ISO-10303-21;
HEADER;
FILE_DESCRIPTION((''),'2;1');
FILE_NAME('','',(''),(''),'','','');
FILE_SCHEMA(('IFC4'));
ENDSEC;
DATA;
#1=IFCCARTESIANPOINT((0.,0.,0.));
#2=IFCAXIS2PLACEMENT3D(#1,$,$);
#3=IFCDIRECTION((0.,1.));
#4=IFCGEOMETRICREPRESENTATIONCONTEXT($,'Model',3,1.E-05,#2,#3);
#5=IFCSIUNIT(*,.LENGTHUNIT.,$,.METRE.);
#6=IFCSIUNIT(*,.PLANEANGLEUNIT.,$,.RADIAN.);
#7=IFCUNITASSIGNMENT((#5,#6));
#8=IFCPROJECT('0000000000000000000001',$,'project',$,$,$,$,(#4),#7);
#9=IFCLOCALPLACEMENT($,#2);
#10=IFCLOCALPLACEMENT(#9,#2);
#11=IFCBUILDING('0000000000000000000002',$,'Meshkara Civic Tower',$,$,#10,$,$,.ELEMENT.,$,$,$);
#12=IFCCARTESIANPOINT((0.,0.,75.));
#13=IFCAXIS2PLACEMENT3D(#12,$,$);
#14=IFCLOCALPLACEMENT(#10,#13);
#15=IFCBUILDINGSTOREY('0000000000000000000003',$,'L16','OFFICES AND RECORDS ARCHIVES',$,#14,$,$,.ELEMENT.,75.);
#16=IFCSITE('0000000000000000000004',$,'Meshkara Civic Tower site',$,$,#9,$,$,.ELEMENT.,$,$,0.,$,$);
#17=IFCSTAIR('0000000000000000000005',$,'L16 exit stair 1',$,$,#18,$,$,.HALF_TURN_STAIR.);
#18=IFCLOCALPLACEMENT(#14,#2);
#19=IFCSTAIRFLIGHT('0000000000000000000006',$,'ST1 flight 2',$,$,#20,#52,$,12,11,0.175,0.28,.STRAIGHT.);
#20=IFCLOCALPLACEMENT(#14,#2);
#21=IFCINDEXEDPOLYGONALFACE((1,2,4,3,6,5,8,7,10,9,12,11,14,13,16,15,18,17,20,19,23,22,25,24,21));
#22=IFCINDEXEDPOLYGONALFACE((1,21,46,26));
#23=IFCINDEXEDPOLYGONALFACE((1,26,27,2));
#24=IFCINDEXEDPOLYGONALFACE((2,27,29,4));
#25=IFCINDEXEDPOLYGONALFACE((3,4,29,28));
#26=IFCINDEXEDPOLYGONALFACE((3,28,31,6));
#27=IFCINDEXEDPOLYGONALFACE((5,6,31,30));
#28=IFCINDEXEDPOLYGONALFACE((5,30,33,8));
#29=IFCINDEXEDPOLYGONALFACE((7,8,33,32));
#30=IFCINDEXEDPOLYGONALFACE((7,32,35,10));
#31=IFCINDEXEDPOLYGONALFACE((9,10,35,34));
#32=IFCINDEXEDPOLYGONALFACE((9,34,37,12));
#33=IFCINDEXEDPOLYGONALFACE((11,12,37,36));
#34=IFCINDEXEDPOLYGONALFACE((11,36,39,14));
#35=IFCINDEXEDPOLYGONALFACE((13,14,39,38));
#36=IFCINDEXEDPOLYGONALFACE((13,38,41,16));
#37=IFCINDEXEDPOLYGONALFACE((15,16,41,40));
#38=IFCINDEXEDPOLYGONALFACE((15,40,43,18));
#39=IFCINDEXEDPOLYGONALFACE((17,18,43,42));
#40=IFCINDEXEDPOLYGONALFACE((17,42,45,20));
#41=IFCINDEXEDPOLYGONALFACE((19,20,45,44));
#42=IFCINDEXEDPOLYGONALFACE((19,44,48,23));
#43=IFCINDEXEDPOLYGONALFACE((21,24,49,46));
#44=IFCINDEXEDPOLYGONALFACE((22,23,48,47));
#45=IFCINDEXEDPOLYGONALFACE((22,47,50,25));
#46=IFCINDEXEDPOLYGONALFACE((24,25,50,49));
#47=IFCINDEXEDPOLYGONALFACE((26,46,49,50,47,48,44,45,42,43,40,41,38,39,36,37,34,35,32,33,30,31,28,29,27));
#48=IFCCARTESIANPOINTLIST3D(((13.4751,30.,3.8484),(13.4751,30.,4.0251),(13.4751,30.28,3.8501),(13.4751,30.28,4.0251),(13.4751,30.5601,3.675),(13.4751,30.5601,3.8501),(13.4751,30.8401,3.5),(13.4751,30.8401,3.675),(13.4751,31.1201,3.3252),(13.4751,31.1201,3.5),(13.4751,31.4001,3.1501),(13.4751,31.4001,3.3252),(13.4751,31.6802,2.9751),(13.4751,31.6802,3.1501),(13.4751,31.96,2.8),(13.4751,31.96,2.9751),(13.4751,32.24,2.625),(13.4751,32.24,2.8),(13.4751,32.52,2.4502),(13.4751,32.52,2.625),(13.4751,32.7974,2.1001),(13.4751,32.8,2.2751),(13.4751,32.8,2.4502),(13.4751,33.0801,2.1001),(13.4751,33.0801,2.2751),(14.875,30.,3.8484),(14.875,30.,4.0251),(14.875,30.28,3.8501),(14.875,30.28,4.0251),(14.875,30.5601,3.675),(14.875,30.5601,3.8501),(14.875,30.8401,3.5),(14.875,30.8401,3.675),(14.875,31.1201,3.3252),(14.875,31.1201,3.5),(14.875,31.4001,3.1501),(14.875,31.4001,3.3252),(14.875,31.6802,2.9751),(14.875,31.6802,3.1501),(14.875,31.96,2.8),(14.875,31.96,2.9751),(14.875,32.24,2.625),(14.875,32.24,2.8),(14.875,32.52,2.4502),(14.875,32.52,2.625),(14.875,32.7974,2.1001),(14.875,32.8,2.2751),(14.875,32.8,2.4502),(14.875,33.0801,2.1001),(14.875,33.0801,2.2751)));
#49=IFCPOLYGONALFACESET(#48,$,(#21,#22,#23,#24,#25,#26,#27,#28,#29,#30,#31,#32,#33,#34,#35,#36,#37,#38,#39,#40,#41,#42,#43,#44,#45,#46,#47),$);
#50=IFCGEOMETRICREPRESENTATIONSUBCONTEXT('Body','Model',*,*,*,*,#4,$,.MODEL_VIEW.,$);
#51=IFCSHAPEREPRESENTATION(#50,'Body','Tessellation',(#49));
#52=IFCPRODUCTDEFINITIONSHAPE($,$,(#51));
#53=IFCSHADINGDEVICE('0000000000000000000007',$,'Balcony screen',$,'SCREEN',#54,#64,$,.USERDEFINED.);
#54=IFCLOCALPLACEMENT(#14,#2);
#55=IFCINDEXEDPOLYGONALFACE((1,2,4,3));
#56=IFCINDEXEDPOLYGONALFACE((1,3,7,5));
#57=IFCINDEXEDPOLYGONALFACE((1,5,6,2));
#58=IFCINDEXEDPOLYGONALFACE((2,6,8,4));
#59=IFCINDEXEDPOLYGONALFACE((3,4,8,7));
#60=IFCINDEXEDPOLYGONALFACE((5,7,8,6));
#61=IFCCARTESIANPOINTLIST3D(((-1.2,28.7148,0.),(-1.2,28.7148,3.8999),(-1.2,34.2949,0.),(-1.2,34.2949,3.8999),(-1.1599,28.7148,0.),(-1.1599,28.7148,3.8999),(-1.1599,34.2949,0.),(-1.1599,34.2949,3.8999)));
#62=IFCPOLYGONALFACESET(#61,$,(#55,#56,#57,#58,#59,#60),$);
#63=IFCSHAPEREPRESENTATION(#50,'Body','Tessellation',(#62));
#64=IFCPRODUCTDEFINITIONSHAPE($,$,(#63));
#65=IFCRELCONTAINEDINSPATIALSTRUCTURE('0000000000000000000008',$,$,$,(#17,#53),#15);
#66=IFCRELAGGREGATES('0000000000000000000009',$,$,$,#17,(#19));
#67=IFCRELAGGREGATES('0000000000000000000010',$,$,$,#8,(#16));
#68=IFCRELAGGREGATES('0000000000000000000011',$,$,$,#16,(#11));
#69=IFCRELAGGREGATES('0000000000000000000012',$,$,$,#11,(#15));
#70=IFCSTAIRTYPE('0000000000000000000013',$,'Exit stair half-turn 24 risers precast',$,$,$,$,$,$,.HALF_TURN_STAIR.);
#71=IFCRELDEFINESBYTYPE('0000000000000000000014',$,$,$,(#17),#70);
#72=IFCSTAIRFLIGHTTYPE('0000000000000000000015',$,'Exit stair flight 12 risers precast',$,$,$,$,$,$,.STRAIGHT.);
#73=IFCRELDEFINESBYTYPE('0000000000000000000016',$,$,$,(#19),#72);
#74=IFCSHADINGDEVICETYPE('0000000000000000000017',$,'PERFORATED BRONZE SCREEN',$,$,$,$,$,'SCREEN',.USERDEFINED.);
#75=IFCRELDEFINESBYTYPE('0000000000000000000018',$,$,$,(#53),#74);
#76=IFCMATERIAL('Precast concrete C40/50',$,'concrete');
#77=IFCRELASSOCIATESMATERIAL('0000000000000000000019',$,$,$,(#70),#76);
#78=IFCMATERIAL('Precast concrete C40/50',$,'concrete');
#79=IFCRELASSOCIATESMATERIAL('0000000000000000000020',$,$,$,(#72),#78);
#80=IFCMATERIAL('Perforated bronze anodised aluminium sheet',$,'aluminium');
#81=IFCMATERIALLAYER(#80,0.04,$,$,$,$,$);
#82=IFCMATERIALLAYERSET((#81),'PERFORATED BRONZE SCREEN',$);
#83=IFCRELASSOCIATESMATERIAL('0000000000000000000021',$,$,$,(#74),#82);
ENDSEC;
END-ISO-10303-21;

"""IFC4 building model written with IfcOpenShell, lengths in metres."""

from ifc_helpers import new_model, si_unit, direction, frame, origin, origin_2d, place, context, subcontext, project, spatial, polyline, rectangle, outline, extrude, material, layer, layer_set, type_object, element, aggregate, save


model = new_model("IFC4")

# Units and contexts
model_context = context("Model", 3, precision=1e-05, world=origin(), true_north=direction((0.0, 1.0)))
body_context = subcontext(model_context, "Body", "Model", "MODEL_VIEW")
ifc_project = project(units=[si_unit("LENGTHUNIT", "METRE"), si_unit("PLANEANGLEUNIT", "RADIAN")], contexts=[model_context])

# Site, building, storey
site_placement = place(None, origin())
site = spatial("IfcSite", under=ifc_project, at=site_placement, Name="Meshkara Civic Tower site", CompositionType="ELEMENT", RefElevation=0.0)
building_placement = place(site_placement, origin())
building = spatial("IfcBuilding", under=site, at=building_placement, Name="Meshkara Civic Tower", CompositionType="ELEMENT")
storey_placement = place(building_placement, frame((0.0, 0.0, 75.0)))
storey = spatial("IfcBuildingStorey", under=building, at=storey_placement, Name="L16", Description="OFFICES AND RECORDS ARCHIVES", CompositionType="ELEMENT", Elevation=75.0)

# Stair, stair flight
ifc_material_1 = material(Name="Precast concrete C40/50", Category="concrete")
stair_type = type_object("IfcStairType", Name="Exit stair half-turn 24 risers precast", PredefinedType="HALF_TURN_STAIR", material=ifc_material_1)
stair_placement = place(storey_placement, origin())
stair = element("IfcStair", 1, at=stair_placement, inside=storey, type_object=stair_type, Name="L16 exit stair 1", PredefinedType="HALF_TURN_STAIR")
ifc_material_2 = material(Name="Precast concrete C40/50", Category="concrete")
stair_flight_type = type_object("IfcStairFlightType", Name="Exit stair flight 12 risers precast", PredefinedType="STRAIGHT", material=ifc_material_2)
stair_flight_1_placement = place(storey_placement, frame((14.175, 33.0801, 2.1001), z_axis=(0.0, 0.0, 1.0), x_axis=(0.0, -1.0, 0.0)))
stair_flight_1 = element("IfcStairFlight", 2, at=stair_flight_1_placement, type_object=stair_flight_type, Name="ST1 flight 2", NumberOfRisers=12, NumberOfTreads=11, PredefinedType="STRAIGHT", RiserHeight=0.175, TreadLength=0.28, context=body_context, shape_type="SweptSolid", body=[
    extrude(outline(polyline([(0.0, 0.0), (0.0, 0.175), (0.28, 0.175), (0.28, 0.3501), (0.5601, 0.3501), (0.5601, 0.5249), (0.8401, 0.5249), (0.8401, 0.7), (1.1201, 0.7), (1.1201, 0.875), (1.3999, 0.875), (1.3999, 1.05), (1.6799, 1.05), (1.6799, 1.2251), (1.96, 1.2251), (1.96, 1.3999), (2.24, 1.3999), (2.24, 1.575), (2.52, 1.575), (2.52, 1.75), (2.8, 1.75), (2.8, 1.925), (3.0801, 1.925), (3.0801, 2.1001), (3.0801, 1.7483), (0.2827, 0.0), (0.0, 0.0)])), frame((0.0, 0.7, 0.0), z_axis=(0.0, -1.0, 0.0), x_axis=(1.0, 0.0, 0.0)), (0.0, 0.0, 1.0), 1.3999),
])
aggregate(stair, [stair_flight_1])

# Shading device
ifc_material_3 = material(Name="Perforated bronze anodised aluminium sheet", Category="aluminium")
ifc_layer_1 = layer(ifc_material_3, 0.04)
ifc_layer_set_1 = layer_set([ifc_layer_1], Name="PERFORATED BRONZE SCREEN")
shading_device_type = type_object("IfcShadingDeviceType", Name="PERFORATED BRONZE SCREEN", ElementType="SCREEN", PredefinedType="USERDEFINED", material=ifc_layer_set_1)
shading_device_placement = place(storey_placement, frame((-1.1799, 31.5049, 0.0), z_axis=(0.0, 0.0, 1.0), x_axis=(0.0, -1.0, 0.0)))
element("IfcShadingDevice", 3, at=shading_device_placement, inside=storey, type_object=shading_device_type, Name="Balcony screen", ObjectType="SCREEN", PredefinedType="USERDEFINED", context=body_context, shape_type="SweptSolid", body=[
    extrude(rectangle(XDim=5.5801, YDim=0.04, at=origin_2d()), origin(), (0.0, 0.0, 1.0), 3.8999),
])

save(model, "model.ifc")
